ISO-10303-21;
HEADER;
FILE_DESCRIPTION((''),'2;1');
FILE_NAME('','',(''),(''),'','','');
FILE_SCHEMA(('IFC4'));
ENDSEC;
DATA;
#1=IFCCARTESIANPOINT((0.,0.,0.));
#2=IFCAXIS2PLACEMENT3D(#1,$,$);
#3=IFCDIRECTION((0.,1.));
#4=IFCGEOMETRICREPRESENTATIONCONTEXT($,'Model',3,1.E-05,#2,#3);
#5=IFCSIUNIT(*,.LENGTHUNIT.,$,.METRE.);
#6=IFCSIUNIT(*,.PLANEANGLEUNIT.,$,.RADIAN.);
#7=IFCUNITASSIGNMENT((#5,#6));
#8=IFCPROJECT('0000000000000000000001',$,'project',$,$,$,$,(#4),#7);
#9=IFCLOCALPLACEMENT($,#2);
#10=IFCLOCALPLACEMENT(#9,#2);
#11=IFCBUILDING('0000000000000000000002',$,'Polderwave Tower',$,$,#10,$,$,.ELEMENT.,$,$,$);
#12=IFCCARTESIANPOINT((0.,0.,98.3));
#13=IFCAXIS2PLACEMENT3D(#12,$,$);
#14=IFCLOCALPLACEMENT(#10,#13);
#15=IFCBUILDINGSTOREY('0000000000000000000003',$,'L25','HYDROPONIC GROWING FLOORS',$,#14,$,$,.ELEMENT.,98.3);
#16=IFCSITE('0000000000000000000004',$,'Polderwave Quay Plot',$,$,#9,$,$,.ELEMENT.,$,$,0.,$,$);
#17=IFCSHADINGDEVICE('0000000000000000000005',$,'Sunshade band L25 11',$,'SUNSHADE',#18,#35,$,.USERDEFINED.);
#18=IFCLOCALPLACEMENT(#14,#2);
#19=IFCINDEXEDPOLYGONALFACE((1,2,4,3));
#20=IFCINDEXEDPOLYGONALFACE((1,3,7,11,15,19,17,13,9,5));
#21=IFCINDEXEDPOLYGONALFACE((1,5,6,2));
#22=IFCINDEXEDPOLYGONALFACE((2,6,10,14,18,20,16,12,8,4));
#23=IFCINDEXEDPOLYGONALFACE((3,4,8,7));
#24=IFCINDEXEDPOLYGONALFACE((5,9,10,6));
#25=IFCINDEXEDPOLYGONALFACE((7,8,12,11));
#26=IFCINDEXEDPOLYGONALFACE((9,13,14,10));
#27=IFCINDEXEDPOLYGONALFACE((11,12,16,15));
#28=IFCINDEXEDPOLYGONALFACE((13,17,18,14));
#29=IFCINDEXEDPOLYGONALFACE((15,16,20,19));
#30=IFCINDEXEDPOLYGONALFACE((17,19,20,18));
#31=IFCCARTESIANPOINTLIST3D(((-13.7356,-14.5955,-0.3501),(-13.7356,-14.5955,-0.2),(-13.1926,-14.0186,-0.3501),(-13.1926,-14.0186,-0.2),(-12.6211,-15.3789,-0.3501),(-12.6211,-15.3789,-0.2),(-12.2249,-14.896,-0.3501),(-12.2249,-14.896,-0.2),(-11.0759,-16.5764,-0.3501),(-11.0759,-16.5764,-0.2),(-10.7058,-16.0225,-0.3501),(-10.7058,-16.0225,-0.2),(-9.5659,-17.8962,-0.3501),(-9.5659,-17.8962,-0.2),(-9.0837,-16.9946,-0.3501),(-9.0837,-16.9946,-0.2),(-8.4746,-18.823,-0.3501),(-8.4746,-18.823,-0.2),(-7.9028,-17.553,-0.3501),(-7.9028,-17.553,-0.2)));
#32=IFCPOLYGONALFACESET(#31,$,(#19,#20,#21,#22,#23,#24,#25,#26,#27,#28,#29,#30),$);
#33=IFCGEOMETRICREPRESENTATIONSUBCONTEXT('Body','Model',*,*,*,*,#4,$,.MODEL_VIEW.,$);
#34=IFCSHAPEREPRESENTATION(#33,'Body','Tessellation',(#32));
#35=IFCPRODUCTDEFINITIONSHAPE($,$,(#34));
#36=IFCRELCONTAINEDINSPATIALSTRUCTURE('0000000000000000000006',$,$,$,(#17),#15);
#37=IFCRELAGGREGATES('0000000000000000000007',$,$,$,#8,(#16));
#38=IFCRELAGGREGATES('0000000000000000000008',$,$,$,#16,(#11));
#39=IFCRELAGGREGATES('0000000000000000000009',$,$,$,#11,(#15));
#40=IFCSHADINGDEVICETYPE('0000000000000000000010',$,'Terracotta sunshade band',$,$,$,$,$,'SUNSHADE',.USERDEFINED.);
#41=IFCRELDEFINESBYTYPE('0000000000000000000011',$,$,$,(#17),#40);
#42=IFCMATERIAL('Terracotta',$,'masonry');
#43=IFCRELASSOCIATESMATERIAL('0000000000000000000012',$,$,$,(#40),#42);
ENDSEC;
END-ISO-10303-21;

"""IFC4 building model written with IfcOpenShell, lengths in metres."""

from ifc_helpers import new_model, si_unit, direction, frame, origin, place, context, subcontext, project, spatial, polyline, outline, extrude, material, type_object, element, save


model = new_model("IFC4")

# Units and contexts
model_context = context("Model", 3, precision=1e-05, world=origin(), true_north=direction((0.0, 1.0)))
body_context = subcontext(model_context, "Body", "Model", "MODEL_VIEW")
ifc_project = project(units=[si_unit("LENGTHUNIT", "METRE"), si_unit("PLANEANGLEUNIT", "RADIAN")], contexts=[model_context])

# Site, building, storey
site_placement = place(None, origin())
site = spatial("IfcSite", under=ifc_project, at=site_placement, Name="Polderwave Quay Plot", CompositionType="ELEMENT", RefElevation=0.0)
building_placement = place(site_placement, origin())
building = spatial("IfcBuilding", under=site, at=building_placement, Name="Polderwave Tower", CompositionType="ELEMENT")
storey_placement = place(building_placement, frame((0.0, 0.0, 98.3)))
storey = spatial("IfcBuildingStorey", under=building, at=storey_placement, Name="L25", Description="HYDROPONIC GROWING FLOORS", CompositionType="ELEMENT", Elevation=98.3)

# Shading device
ifc_material_1 = material(Name="Terracotta", Category="masonry")
shading_device_type = type_object("IfcShadingDeviceType", Name="Terracotta sunshade band", ElementType="SUNSHADE", PredefinedType="USERDEFINED", material=ifc_material_1)
shading_device_1_placement = place(storey_placement, frame((0.0, 0.0, -0.3501)))
element("IfcShadingDevice", 1, at=shading_device_1_placement, inside=storey, type_object=shading_device_type, Name="Sunshade band L25 11", ObjectType="SUNSHADE", PredefinedType="USERDEFINED", context=body_context, shape_type="SweptSolid", body=[
    extrude(outline(polyline([(-13.1926, -14.0186), (-12.2249, -14.896), (-10.7058, -16.0225), (-9.0837, -16.9946), (-7.9028, -17.553), (-8.4746, -18.823), (-9.5659, -17.8962), (-11.0759, -16.5764), (-12.6211, -15.3789), (-13.7356, -14.5955), (-13.1926, -14.0186)])), origin(), (0.0, 0.0, 1.0), 0.1501),
])

save(model, "model.ifc")
